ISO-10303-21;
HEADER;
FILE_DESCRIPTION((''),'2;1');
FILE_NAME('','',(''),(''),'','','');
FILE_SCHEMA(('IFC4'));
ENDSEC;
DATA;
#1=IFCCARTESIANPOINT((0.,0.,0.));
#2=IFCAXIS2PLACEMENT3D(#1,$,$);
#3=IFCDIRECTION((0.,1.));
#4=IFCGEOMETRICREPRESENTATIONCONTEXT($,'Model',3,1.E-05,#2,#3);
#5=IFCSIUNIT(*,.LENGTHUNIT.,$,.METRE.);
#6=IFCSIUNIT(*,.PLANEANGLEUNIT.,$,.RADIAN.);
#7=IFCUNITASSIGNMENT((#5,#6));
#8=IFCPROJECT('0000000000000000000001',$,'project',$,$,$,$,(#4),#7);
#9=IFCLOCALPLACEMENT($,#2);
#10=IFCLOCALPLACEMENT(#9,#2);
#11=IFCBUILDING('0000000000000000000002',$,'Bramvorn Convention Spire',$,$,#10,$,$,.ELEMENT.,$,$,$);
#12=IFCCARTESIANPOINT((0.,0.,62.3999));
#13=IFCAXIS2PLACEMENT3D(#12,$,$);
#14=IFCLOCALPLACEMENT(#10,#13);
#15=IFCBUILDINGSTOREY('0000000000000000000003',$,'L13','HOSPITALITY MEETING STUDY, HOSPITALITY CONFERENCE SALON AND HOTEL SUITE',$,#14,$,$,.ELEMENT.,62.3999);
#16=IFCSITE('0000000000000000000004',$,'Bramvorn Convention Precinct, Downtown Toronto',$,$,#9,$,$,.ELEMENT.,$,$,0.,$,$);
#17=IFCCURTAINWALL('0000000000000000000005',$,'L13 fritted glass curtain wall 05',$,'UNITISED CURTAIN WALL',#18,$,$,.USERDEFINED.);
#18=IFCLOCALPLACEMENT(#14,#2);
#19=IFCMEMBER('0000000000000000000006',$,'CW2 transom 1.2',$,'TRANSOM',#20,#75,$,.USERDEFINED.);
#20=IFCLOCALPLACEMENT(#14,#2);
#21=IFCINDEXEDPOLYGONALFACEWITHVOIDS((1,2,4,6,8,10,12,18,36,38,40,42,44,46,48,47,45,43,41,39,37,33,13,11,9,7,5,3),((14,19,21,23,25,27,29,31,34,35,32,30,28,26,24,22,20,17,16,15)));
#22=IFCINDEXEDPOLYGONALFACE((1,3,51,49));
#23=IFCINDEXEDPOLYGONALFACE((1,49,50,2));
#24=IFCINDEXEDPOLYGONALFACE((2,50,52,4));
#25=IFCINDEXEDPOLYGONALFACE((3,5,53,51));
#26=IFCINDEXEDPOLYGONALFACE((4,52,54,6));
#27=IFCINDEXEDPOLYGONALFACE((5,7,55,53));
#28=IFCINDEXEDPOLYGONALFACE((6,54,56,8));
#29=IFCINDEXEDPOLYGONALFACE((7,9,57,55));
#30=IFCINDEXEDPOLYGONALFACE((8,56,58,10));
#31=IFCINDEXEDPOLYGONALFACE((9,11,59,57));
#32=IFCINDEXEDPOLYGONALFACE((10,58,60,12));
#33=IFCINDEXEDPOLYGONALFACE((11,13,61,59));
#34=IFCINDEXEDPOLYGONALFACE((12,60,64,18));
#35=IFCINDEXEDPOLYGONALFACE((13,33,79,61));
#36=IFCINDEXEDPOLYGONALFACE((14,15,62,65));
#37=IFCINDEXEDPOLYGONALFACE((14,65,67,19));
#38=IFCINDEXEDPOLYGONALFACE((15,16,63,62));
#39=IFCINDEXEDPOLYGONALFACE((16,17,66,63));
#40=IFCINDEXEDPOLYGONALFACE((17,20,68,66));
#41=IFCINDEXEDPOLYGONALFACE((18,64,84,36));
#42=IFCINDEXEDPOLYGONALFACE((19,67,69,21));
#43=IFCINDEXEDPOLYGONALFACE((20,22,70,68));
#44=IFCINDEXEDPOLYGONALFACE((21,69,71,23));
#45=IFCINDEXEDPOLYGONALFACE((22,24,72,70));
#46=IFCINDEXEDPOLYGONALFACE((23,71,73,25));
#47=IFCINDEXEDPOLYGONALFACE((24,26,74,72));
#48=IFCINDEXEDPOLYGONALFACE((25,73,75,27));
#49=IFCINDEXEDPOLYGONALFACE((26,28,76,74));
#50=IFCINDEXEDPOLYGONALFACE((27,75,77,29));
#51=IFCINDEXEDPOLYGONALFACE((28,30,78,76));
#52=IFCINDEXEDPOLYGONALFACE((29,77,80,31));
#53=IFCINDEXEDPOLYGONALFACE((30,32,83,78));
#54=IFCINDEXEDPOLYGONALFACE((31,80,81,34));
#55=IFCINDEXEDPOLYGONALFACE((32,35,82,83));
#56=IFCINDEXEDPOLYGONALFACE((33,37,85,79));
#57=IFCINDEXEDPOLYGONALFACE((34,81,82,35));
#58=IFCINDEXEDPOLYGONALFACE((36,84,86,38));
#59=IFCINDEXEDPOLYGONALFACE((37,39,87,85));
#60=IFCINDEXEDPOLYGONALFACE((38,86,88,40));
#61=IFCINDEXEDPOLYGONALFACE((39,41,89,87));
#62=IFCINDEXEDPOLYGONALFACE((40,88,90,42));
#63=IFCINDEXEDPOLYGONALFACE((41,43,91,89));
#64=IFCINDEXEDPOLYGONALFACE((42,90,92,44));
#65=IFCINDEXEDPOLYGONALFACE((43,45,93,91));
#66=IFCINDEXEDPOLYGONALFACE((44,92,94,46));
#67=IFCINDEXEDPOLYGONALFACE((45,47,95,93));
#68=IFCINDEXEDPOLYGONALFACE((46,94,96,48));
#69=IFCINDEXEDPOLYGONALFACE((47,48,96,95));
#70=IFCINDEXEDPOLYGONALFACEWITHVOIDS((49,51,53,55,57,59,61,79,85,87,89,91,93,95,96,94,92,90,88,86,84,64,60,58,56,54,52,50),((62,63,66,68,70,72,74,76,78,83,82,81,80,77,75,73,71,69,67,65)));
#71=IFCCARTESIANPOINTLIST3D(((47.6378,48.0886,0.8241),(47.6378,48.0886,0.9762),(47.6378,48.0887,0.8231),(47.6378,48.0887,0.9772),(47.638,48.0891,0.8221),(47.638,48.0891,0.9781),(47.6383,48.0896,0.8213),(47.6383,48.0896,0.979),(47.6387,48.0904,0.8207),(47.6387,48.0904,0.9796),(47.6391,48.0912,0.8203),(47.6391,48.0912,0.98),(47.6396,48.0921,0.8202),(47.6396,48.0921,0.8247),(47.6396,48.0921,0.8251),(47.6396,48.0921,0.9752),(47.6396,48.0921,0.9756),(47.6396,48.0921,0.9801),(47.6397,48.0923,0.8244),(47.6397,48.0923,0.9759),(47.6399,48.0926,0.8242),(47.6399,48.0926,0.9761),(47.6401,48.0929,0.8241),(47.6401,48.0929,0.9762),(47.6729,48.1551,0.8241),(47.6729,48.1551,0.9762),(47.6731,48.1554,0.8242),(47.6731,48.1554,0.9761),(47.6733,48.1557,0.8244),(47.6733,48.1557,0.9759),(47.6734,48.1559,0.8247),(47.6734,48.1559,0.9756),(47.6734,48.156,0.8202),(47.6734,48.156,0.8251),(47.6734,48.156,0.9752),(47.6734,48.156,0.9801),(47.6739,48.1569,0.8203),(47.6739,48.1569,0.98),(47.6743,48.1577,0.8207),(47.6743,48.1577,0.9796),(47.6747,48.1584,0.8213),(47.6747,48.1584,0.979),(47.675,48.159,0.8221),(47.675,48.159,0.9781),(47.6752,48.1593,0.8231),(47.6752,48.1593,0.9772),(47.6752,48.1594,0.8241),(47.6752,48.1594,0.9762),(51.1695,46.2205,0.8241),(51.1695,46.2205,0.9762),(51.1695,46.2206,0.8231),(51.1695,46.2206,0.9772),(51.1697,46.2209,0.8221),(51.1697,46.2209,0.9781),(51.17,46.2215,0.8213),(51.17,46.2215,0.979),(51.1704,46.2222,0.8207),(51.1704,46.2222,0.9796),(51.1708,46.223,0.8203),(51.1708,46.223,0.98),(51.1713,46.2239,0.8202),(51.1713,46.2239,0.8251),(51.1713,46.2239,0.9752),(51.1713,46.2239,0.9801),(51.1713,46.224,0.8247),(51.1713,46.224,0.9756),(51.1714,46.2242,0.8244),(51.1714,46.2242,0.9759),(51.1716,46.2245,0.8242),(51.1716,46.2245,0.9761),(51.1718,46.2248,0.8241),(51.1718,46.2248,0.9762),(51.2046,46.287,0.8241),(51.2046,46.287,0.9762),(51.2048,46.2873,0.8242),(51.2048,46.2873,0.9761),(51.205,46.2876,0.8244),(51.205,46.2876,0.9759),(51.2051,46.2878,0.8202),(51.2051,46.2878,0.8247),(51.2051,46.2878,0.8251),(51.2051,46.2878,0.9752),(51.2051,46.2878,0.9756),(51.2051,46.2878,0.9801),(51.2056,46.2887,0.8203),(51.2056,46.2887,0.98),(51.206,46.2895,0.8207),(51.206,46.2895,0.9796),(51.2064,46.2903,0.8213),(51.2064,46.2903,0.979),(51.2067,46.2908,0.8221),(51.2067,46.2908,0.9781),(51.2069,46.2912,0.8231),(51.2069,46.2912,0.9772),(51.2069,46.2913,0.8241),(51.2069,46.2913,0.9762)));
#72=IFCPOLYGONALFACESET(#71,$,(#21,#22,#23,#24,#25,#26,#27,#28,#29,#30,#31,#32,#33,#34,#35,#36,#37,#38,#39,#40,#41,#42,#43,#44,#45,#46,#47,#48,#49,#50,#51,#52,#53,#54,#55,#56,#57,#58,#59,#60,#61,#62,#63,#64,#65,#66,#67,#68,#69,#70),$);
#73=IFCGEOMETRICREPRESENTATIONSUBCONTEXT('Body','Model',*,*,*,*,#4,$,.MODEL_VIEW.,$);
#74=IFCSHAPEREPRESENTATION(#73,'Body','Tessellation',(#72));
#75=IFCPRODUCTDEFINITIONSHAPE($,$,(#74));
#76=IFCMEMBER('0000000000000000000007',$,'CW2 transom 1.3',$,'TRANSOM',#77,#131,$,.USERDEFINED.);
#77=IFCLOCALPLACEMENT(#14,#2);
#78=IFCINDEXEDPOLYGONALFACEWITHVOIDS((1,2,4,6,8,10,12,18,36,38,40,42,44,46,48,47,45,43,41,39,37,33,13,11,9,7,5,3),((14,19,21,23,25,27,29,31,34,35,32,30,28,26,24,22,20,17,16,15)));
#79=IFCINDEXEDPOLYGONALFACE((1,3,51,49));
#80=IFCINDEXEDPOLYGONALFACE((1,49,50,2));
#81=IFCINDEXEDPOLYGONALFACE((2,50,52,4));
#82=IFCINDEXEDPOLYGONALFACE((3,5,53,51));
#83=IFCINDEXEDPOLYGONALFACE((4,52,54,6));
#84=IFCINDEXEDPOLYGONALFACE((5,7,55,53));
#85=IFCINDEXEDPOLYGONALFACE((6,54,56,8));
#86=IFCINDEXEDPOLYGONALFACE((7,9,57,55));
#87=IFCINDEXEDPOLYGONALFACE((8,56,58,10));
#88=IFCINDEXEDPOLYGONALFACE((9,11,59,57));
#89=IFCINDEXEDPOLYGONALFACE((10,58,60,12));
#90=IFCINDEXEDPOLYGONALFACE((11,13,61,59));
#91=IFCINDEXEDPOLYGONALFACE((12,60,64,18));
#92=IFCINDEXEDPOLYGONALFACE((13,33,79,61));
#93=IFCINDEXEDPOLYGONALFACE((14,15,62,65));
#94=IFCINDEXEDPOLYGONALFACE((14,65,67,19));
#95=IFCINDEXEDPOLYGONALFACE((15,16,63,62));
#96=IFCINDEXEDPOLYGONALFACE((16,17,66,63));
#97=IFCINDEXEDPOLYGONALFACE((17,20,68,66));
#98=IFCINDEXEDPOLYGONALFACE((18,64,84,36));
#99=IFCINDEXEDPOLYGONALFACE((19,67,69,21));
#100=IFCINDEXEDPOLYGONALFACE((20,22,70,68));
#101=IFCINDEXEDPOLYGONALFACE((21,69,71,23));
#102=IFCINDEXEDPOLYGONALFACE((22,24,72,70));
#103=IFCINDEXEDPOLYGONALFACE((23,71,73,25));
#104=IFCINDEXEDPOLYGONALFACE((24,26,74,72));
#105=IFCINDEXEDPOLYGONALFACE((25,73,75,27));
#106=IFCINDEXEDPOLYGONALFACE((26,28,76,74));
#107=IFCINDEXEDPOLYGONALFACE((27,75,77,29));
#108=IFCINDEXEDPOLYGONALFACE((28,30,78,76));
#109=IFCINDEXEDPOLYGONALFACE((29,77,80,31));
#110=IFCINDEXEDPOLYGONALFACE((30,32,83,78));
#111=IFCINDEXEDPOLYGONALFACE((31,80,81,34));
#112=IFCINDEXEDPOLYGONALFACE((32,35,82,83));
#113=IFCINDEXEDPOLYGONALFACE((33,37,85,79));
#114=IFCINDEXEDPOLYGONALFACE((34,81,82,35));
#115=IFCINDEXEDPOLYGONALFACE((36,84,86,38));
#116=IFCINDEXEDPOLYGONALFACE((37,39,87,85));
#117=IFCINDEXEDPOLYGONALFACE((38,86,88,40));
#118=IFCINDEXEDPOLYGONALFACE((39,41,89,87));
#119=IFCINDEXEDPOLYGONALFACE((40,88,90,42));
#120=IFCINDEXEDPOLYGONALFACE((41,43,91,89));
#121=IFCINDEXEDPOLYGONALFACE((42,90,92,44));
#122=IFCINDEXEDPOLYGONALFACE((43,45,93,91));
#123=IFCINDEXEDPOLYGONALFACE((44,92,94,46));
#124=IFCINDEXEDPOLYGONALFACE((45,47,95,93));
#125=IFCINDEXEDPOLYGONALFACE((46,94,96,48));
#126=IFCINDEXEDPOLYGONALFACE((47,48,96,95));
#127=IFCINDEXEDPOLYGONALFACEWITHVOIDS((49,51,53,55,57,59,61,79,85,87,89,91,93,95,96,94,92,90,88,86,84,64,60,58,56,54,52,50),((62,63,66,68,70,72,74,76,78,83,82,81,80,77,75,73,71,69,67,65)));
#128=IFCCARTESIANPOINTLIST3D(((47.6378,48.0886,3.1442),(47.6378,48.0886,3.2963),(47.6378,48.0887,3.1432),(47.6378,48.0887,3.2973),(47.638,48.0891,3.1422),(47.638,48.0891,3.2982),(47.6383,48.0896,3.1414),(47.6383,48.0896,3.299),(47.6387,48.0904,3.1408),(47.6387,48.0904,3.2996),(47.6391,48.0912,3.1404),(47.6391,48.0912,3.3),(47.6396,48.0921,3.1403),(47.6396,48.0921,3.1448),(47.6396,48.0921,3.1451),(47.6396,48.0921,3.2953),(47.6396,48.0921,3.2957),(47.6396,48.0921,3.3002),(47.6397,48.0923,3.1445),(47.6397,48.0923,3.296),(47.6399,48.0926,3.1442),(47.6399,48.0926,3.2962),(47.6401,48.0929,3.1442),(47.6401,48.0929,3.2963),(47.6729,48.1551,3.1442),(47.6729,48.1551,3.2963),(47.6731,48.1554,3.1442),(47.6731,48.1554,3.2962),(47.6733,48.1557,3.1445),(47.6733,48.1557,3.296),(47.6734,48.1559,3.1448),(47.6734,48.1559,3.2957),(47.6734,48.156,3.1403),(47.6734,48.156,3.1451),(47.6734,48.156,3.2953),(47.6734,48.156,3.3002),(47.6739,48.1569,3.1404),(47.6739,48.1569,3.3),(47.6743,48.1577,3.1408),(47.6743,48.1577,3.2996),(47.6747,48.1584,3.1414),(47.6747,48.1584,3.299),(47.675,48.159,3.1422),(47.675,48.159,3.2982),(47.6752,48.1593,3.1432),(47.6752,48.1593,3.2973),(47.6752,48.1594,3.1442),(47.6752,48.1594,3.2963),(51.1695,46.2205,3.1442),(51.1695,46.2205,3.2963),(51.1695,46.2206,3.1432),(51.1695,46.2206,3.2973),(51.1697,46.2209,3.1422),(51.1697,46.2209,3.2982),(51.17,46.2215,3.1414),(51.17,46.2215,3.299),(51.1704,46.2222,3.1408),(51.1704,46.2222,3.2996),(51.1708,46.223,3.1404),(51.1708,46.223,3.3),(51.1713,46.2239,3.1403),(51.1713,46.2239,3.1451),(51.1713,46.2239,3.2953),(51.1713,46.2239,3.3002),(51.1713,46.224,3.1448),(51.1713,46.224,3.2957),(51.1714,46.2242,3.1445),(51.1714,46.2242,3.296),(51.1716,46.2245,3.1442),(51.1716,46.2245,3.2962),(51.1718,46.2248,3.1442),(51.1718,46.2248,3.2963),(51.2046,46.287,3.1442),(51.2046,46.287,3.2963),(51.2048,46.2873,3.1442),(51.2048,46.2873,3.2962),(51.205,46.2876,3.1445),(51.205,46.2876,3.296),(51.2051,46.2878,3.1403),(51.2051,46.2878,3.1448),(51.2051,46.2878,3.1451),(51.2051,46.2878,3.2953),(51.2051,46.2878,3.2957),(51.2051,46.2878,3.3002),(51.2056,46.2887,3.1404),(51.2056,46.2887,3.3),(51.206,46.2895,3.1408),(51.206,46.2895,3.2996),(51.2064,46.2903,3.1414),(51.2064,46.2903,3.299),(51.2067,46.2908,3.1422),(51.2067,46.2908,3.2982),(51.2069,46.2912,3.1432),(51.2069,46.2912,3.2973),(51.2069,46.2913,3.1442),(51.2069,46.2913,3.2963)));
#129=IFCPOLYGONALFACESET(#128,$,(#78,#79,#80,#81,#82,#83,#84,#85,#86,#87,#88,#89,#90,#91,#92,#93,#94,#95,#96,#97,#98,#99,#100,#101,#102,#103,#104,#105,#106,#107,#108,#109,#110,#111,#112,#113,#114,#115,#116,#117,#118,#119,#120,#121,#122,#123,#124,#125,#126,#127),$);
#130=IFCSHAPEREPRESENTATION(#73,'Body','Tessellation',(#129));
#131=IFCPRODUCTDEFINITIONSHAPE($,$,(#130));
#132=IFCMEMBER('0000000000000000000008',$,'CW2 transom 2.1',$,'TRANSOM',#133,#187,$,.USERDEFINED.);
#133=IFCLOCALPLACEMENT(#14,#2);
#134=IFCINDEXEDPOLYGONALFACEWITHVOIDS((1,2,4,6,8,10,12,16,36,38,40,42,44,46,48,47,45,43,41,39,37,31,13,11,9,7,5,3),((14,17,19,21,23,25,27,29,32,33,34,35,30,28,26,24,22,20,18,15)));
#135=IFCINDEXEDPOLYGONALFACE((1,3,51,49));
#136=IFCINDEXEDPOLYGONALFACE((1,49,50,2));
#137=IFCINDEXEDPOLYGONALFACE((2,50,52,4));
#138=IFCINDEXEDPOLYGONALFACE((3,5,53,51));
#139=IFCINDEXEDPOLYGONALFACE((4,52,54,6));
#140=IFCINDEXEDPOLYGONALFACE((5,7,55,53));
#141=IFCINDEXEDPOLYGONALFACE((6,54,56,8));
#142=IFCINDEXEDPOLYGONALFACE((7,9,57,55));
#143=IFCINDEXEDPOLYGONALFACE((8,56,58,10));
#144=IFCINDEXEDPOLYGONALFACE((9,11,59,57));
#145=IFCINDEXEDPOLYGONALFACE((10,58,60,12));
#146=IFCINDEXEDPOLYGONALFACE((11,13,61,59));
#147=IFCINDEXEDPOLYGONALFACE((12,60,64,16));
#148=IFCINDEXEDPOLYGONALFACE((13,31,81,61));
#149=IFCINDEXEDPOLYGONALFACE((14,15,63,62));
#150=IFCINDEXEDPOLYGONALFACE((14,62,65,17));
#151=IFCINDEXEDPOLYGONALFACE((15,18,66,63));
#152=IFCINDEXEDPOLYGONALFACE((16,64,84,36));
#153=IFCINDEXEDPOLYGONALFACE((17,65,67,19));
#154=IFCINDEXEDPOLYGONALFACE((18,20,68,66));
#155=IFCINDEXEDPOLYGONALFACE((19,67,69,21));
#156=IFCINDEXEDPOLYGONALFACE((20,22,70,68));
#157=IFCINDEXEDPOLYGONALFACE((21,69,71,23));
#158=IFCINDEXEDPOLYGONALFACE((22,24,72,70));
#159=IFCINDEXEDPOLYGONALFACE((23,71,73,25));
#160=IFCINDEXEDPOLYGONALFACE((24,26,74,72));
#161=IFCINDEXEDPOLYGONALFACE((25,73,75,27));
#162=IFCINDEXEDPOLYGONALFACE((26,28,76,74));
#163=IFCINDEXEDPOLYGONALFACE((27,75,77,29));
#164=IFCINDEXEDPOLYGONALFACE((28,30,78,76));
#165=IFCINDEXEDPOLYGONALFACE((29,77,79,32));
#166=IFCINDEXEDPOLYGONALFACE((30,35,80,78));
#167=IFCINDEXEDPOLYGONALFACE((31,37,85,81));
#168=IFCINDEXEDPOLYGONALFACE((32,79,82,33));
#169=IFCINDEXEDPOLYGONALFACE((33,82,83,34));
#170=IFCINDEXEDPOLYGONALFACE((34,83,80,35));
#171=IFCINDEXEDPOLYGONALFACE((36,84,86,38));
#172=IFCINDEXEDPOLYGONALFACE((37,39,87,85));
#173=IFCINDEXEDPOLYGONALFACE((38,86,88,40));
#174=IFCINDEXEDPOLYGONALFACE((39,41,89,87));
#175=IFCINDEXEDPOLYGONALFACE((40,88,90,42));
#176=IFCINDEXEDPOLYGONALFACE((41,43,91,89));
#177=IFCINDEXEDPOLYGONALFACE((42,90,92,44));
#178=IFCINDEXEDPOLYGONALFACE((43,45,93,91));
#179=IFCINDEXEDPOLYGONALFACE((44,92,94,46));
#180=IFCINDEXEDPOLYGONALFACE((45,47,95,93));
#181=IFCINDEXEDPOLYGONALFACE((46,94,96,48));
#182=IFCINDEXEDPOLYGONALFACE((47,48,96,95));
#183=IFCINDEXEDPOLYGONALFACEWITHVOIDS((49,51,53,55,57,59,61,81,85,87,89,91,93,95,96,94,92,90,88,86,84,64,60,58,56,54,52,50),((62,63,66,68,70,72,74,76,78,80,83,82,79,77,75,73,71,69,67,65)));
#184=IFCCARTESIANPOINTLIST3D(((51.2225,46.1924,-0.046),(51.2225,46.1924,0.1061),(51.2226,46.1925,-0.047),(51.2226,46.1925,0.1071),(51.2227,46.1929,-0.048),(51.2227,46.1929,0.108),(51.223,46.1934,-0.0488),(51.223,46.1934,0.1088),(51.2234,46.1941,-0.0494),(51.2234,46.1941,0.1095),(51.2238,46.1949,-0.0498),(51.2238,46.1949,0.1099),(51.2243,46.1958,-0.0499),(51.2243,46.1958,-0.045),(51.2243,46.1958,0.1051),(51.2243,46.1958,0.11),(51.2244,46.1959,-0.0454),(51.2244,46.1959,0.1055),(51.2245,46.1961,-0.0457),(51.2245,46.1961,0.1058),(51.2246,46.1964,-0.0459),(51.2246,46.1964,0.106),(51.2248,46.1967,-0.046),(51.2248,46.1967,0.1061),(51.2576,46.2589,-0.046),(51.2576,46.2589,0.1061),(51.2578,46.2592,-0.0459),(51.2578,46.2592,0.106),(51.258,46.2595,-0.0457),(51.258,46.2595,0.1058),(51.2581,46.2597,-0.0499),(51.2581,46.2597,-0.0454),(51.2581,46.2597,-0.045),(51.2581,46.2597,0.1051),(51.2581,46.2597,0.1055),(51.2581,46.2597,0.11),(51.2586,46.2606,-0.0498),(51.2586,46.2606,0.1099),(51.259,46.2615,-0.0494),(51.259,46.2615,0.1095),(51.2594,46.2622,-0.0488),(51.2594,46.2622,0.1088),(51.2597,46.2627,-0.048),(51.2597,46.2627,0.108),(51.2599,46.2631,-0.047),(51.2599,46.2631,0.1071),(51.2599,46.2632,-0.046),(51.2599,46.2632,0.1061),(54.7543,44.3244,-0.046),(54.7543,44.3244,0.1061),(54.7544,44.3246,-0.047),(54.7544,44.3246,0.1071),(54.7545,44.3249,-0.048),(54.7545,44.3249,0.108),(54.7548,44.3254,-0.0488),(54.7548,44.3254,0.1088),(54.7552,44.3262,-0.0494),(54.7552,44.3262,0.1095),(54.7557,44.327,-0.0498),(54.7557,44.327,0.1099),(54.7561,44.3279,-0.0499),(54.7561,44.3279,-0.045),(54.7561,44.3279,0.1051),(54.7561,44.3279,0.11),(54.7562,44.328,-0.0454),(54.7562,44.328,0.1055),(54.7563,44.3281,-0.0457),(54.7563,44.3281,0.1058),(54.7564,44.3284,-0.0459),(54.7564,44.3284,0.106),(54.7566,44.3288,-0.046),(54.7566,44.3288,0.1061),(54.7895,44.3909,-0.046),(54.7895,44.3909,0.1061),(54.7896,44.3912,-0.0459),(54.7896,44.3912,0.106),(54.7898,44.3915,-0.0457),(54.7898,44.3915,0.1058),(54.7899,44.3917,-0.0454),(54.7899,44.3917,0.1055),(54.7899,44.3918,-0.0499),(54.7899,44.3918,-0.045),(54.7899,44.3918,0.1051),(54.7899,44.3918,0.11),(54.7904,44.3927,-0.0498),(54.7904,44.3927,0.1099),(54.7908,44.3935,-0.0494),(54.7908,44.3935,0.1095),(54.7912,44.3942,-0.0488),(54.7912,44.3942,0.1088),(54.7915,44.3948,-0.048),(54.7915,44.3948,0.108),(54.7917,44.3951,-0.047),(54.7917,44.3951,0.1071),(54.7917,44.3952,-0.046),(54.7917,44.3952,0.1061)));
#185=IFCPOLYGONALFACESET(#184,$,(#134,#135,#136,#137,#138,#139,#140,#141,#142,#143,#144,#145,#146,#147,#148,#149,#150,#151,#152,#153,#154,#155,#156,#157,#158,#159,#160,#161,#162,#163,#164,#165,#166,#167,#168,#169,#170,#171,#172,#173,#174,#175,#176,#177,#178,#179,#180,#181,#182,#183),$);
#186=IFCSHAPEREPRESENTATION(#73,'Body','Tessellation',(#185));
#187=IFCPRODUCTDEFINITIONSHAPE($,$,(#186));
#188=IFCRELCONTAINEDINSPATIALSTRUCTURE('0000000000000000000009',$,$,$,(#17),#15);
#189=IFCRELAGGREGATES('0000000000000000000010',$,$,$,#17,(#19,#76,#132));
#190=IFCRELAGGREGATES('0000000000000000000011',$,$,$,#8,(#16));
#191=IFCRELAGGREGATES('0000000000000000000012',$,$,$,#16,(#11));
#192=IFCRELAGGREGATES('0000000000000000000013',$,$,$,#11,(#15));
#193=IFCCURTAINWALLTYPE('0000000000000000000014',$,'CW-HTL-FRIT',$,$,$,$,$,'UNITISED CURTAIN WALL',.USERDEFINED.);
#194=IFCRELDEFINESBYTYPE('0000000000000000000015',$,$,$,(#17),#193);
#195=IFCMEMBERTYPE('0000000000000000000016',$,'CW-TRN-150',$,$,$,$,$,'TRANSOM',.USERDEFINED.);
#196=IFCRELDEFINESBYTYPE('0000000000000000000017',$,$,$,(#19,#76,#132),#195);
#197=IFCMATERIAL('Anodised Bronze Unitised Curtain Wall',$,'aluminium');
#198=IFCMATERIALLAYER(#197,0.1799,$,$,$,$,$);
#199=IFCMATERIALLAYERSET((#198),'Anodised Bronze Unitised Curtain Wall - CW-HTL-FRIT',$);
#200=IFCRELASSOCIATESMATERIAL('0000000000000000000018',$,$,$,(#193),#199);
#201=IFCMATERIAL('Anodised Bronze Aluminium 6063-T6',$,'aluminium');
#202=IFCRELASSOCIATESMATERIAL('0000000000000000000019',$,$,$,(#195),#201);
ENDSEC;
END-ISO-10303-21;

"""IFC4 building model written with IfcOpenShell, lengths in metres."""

from ifc_helpers import new_model, si_unit, direction, frame, origin, origin_2d, place, context, subcontext, project, spatial, hollow_rectangle, extrude, material, layer, layer_set, material_profile, profile_set, type_object, element, aggregate, save


model = new_model("IFC4")

# Units and contexts
model_context = context("Model", 3, precision=1e-05, world=origin(), true_north=direction((0.0, 1.0)))
body_context = subcontext(model_context, "Body", "Model", "MODEL_VIEW")
ifc_project = project(units=[si_unit("LENGTHUNIT", "METRE"), si_unit("PLANEANGLEUNIT", "RADIAN")], contexts=[model_context])

# Site, building, storey
site_placement = place(None, origin())
site = spatial("IfcSite", under=ifc_project, at=site_placement, Name="Bramvorn Convention Precinct, Downtown Toronto", CompositionType="ELEMENT", RefElevation=0.0)
building_placement = place(site_placement, origin())
building = spatial("IfcBuilding", under=site, at=building_placement, Name="Bramvorn Convention Spire", CompositionType="ELEMENT")
storey_placement = place(building_placement, frame((0.0, 0.0, 62.3999)))
storey = spatial("IfcBuildingStorey", under=building, at=storey_placement, Name="L13", Description="HOSPITALITY MEETING STUDY, HOSPITALITY CONFERENCE SALON AND HOTEL SUITE", CompositionType="ELEMENT", Elevation=62.3999)

# Curtain wall, members
ifc_material_1 = material(Name="Anodised Bronze Unitised Curtain Wall", Category="aluminium")
ifc_layer_1 = layer(ifc_material_1, 0.1799)
ifc_layer_set_1 = layer_set([ifc_layer_1], Name="Anodised Bronze Unitised Curtain Wall - CW-HTL-FRIT")
curtain_wall_type = type_object("IfcCurtainWallType", Name="CW-HTL-FRIT", ElementType="UNITISED CURTAIN WALL", PredefinedType="USERDEFINED", material=ifc_layer_set_1)
curtain_wall_placement = place(storey_placement, origin())
curtain_wall = element("IfcCurtainWall", 1, at=curtain_wall_placement, inside=storey, type_object=curtain_wall_type, Name="L13 fritted glass curtain wall 05", ObjectType="UNITISED CURTAIN WALL", PredefinedType="USERDEFINED")
ifc_material_2 = material(Name="Anodised Bronze Aluminium 6063-T6", Category="aluminium")
ifc_material_profile_1 = material_profile(ifc_material_2, hollow_rectangle(XDim=0.0801, YDim=0.1599, WallThickness=0.0039, InnerFilletRadius=0.001, OuterFilletRadius=0.0039, at=origin_2d()))
ifc_profile_set_1 = profile_set([ifc_material_profile_1], Name="Anodised Bronze Aluminium 6063-T6 - CWT80X160")
member_type_1 = type_object("IfcMemberType", Name="CW-TRN-150", ElementType="TRANSOM", PredefinedType="USERDEFINED", material=ifc_profile_set_1)
member_1_placement = place(storey_placement, frame((47.6565, 48.124, 0.9001), z_axis=(0.883951, -0.467579, 0.0), x_axis=(0.467579, 0.883951, 0.0)))
member_1 = element("IfcMember", 2, at=member_1_placement, type_object=member_type_1, Name="CW2 transom 1.2", ObjectType="TRANSOM", PredefinedType="USERDEFINED", context=body_context, shape_type="SweptSolid", body=[
    extrude(hollow_rectangle(XDim=0.0801, YDim=0.1599, WallThickness=0.0039, InnerFilletRadius=0.001, OuterFilletRadius=0.0039, at=origin_2d()), origin(), (0.0, 0.0, 1.0), 3.9954),
])
member_2_placement = place(storey_placement, frame((47.6565, 48.124, 3.2202), z_axis=(0.883951, -0.467579, 0.0), x_axis=(0.467579, 0.883951, 0.0)))
member_2 = element("IfcMember", 3, at=member_2_placement, type_object=member_type_1, Name="CW2 transom 1.3", ObjectType="TRANSOM", PredefinedType="USERDEFINED", context=body_context, shape_type="SweptSolid", body=[
    extrude(hollow_rectangle(XDim=0.0801, YDim=0.1599, WallThickness=0.0039, InnerFilletRadius=0.001, OuterFilletRadius=0.0039, at=origin_2d()), origin(), (0.0, 0.0, 1.0), 3.9954),
])
member_3_placement = place(storey_placement, frame((51.2412, 46.2278, 0.03), z_axis=(0.883977, -0.467531, 0.0), x_axis=(0.467531, 0.883977, 0.0)))
member_3 = element("IfcMember", 4, at=member_3_placement, type_object=member_type_1, Name="CW2 transom 2.1", ObjectType="TRANSOM", PredefinedType="USERDEFINED", context=body_context, shape_type="SweptSolid", body=[
    extrude(hollow_rectangle(XDim=0.0801, YDim=0.1599, WallThickness=0.0039, InnerFilletRadius=0.001, OuterFilletRadius=0.0039, at=origin_2d()), origin(), (0.0, 0.0, 1.0), 3.9954),
])

aggregate(curtain_wall, [member_1, member_2, member_3])

save(model, "model.ifc")
